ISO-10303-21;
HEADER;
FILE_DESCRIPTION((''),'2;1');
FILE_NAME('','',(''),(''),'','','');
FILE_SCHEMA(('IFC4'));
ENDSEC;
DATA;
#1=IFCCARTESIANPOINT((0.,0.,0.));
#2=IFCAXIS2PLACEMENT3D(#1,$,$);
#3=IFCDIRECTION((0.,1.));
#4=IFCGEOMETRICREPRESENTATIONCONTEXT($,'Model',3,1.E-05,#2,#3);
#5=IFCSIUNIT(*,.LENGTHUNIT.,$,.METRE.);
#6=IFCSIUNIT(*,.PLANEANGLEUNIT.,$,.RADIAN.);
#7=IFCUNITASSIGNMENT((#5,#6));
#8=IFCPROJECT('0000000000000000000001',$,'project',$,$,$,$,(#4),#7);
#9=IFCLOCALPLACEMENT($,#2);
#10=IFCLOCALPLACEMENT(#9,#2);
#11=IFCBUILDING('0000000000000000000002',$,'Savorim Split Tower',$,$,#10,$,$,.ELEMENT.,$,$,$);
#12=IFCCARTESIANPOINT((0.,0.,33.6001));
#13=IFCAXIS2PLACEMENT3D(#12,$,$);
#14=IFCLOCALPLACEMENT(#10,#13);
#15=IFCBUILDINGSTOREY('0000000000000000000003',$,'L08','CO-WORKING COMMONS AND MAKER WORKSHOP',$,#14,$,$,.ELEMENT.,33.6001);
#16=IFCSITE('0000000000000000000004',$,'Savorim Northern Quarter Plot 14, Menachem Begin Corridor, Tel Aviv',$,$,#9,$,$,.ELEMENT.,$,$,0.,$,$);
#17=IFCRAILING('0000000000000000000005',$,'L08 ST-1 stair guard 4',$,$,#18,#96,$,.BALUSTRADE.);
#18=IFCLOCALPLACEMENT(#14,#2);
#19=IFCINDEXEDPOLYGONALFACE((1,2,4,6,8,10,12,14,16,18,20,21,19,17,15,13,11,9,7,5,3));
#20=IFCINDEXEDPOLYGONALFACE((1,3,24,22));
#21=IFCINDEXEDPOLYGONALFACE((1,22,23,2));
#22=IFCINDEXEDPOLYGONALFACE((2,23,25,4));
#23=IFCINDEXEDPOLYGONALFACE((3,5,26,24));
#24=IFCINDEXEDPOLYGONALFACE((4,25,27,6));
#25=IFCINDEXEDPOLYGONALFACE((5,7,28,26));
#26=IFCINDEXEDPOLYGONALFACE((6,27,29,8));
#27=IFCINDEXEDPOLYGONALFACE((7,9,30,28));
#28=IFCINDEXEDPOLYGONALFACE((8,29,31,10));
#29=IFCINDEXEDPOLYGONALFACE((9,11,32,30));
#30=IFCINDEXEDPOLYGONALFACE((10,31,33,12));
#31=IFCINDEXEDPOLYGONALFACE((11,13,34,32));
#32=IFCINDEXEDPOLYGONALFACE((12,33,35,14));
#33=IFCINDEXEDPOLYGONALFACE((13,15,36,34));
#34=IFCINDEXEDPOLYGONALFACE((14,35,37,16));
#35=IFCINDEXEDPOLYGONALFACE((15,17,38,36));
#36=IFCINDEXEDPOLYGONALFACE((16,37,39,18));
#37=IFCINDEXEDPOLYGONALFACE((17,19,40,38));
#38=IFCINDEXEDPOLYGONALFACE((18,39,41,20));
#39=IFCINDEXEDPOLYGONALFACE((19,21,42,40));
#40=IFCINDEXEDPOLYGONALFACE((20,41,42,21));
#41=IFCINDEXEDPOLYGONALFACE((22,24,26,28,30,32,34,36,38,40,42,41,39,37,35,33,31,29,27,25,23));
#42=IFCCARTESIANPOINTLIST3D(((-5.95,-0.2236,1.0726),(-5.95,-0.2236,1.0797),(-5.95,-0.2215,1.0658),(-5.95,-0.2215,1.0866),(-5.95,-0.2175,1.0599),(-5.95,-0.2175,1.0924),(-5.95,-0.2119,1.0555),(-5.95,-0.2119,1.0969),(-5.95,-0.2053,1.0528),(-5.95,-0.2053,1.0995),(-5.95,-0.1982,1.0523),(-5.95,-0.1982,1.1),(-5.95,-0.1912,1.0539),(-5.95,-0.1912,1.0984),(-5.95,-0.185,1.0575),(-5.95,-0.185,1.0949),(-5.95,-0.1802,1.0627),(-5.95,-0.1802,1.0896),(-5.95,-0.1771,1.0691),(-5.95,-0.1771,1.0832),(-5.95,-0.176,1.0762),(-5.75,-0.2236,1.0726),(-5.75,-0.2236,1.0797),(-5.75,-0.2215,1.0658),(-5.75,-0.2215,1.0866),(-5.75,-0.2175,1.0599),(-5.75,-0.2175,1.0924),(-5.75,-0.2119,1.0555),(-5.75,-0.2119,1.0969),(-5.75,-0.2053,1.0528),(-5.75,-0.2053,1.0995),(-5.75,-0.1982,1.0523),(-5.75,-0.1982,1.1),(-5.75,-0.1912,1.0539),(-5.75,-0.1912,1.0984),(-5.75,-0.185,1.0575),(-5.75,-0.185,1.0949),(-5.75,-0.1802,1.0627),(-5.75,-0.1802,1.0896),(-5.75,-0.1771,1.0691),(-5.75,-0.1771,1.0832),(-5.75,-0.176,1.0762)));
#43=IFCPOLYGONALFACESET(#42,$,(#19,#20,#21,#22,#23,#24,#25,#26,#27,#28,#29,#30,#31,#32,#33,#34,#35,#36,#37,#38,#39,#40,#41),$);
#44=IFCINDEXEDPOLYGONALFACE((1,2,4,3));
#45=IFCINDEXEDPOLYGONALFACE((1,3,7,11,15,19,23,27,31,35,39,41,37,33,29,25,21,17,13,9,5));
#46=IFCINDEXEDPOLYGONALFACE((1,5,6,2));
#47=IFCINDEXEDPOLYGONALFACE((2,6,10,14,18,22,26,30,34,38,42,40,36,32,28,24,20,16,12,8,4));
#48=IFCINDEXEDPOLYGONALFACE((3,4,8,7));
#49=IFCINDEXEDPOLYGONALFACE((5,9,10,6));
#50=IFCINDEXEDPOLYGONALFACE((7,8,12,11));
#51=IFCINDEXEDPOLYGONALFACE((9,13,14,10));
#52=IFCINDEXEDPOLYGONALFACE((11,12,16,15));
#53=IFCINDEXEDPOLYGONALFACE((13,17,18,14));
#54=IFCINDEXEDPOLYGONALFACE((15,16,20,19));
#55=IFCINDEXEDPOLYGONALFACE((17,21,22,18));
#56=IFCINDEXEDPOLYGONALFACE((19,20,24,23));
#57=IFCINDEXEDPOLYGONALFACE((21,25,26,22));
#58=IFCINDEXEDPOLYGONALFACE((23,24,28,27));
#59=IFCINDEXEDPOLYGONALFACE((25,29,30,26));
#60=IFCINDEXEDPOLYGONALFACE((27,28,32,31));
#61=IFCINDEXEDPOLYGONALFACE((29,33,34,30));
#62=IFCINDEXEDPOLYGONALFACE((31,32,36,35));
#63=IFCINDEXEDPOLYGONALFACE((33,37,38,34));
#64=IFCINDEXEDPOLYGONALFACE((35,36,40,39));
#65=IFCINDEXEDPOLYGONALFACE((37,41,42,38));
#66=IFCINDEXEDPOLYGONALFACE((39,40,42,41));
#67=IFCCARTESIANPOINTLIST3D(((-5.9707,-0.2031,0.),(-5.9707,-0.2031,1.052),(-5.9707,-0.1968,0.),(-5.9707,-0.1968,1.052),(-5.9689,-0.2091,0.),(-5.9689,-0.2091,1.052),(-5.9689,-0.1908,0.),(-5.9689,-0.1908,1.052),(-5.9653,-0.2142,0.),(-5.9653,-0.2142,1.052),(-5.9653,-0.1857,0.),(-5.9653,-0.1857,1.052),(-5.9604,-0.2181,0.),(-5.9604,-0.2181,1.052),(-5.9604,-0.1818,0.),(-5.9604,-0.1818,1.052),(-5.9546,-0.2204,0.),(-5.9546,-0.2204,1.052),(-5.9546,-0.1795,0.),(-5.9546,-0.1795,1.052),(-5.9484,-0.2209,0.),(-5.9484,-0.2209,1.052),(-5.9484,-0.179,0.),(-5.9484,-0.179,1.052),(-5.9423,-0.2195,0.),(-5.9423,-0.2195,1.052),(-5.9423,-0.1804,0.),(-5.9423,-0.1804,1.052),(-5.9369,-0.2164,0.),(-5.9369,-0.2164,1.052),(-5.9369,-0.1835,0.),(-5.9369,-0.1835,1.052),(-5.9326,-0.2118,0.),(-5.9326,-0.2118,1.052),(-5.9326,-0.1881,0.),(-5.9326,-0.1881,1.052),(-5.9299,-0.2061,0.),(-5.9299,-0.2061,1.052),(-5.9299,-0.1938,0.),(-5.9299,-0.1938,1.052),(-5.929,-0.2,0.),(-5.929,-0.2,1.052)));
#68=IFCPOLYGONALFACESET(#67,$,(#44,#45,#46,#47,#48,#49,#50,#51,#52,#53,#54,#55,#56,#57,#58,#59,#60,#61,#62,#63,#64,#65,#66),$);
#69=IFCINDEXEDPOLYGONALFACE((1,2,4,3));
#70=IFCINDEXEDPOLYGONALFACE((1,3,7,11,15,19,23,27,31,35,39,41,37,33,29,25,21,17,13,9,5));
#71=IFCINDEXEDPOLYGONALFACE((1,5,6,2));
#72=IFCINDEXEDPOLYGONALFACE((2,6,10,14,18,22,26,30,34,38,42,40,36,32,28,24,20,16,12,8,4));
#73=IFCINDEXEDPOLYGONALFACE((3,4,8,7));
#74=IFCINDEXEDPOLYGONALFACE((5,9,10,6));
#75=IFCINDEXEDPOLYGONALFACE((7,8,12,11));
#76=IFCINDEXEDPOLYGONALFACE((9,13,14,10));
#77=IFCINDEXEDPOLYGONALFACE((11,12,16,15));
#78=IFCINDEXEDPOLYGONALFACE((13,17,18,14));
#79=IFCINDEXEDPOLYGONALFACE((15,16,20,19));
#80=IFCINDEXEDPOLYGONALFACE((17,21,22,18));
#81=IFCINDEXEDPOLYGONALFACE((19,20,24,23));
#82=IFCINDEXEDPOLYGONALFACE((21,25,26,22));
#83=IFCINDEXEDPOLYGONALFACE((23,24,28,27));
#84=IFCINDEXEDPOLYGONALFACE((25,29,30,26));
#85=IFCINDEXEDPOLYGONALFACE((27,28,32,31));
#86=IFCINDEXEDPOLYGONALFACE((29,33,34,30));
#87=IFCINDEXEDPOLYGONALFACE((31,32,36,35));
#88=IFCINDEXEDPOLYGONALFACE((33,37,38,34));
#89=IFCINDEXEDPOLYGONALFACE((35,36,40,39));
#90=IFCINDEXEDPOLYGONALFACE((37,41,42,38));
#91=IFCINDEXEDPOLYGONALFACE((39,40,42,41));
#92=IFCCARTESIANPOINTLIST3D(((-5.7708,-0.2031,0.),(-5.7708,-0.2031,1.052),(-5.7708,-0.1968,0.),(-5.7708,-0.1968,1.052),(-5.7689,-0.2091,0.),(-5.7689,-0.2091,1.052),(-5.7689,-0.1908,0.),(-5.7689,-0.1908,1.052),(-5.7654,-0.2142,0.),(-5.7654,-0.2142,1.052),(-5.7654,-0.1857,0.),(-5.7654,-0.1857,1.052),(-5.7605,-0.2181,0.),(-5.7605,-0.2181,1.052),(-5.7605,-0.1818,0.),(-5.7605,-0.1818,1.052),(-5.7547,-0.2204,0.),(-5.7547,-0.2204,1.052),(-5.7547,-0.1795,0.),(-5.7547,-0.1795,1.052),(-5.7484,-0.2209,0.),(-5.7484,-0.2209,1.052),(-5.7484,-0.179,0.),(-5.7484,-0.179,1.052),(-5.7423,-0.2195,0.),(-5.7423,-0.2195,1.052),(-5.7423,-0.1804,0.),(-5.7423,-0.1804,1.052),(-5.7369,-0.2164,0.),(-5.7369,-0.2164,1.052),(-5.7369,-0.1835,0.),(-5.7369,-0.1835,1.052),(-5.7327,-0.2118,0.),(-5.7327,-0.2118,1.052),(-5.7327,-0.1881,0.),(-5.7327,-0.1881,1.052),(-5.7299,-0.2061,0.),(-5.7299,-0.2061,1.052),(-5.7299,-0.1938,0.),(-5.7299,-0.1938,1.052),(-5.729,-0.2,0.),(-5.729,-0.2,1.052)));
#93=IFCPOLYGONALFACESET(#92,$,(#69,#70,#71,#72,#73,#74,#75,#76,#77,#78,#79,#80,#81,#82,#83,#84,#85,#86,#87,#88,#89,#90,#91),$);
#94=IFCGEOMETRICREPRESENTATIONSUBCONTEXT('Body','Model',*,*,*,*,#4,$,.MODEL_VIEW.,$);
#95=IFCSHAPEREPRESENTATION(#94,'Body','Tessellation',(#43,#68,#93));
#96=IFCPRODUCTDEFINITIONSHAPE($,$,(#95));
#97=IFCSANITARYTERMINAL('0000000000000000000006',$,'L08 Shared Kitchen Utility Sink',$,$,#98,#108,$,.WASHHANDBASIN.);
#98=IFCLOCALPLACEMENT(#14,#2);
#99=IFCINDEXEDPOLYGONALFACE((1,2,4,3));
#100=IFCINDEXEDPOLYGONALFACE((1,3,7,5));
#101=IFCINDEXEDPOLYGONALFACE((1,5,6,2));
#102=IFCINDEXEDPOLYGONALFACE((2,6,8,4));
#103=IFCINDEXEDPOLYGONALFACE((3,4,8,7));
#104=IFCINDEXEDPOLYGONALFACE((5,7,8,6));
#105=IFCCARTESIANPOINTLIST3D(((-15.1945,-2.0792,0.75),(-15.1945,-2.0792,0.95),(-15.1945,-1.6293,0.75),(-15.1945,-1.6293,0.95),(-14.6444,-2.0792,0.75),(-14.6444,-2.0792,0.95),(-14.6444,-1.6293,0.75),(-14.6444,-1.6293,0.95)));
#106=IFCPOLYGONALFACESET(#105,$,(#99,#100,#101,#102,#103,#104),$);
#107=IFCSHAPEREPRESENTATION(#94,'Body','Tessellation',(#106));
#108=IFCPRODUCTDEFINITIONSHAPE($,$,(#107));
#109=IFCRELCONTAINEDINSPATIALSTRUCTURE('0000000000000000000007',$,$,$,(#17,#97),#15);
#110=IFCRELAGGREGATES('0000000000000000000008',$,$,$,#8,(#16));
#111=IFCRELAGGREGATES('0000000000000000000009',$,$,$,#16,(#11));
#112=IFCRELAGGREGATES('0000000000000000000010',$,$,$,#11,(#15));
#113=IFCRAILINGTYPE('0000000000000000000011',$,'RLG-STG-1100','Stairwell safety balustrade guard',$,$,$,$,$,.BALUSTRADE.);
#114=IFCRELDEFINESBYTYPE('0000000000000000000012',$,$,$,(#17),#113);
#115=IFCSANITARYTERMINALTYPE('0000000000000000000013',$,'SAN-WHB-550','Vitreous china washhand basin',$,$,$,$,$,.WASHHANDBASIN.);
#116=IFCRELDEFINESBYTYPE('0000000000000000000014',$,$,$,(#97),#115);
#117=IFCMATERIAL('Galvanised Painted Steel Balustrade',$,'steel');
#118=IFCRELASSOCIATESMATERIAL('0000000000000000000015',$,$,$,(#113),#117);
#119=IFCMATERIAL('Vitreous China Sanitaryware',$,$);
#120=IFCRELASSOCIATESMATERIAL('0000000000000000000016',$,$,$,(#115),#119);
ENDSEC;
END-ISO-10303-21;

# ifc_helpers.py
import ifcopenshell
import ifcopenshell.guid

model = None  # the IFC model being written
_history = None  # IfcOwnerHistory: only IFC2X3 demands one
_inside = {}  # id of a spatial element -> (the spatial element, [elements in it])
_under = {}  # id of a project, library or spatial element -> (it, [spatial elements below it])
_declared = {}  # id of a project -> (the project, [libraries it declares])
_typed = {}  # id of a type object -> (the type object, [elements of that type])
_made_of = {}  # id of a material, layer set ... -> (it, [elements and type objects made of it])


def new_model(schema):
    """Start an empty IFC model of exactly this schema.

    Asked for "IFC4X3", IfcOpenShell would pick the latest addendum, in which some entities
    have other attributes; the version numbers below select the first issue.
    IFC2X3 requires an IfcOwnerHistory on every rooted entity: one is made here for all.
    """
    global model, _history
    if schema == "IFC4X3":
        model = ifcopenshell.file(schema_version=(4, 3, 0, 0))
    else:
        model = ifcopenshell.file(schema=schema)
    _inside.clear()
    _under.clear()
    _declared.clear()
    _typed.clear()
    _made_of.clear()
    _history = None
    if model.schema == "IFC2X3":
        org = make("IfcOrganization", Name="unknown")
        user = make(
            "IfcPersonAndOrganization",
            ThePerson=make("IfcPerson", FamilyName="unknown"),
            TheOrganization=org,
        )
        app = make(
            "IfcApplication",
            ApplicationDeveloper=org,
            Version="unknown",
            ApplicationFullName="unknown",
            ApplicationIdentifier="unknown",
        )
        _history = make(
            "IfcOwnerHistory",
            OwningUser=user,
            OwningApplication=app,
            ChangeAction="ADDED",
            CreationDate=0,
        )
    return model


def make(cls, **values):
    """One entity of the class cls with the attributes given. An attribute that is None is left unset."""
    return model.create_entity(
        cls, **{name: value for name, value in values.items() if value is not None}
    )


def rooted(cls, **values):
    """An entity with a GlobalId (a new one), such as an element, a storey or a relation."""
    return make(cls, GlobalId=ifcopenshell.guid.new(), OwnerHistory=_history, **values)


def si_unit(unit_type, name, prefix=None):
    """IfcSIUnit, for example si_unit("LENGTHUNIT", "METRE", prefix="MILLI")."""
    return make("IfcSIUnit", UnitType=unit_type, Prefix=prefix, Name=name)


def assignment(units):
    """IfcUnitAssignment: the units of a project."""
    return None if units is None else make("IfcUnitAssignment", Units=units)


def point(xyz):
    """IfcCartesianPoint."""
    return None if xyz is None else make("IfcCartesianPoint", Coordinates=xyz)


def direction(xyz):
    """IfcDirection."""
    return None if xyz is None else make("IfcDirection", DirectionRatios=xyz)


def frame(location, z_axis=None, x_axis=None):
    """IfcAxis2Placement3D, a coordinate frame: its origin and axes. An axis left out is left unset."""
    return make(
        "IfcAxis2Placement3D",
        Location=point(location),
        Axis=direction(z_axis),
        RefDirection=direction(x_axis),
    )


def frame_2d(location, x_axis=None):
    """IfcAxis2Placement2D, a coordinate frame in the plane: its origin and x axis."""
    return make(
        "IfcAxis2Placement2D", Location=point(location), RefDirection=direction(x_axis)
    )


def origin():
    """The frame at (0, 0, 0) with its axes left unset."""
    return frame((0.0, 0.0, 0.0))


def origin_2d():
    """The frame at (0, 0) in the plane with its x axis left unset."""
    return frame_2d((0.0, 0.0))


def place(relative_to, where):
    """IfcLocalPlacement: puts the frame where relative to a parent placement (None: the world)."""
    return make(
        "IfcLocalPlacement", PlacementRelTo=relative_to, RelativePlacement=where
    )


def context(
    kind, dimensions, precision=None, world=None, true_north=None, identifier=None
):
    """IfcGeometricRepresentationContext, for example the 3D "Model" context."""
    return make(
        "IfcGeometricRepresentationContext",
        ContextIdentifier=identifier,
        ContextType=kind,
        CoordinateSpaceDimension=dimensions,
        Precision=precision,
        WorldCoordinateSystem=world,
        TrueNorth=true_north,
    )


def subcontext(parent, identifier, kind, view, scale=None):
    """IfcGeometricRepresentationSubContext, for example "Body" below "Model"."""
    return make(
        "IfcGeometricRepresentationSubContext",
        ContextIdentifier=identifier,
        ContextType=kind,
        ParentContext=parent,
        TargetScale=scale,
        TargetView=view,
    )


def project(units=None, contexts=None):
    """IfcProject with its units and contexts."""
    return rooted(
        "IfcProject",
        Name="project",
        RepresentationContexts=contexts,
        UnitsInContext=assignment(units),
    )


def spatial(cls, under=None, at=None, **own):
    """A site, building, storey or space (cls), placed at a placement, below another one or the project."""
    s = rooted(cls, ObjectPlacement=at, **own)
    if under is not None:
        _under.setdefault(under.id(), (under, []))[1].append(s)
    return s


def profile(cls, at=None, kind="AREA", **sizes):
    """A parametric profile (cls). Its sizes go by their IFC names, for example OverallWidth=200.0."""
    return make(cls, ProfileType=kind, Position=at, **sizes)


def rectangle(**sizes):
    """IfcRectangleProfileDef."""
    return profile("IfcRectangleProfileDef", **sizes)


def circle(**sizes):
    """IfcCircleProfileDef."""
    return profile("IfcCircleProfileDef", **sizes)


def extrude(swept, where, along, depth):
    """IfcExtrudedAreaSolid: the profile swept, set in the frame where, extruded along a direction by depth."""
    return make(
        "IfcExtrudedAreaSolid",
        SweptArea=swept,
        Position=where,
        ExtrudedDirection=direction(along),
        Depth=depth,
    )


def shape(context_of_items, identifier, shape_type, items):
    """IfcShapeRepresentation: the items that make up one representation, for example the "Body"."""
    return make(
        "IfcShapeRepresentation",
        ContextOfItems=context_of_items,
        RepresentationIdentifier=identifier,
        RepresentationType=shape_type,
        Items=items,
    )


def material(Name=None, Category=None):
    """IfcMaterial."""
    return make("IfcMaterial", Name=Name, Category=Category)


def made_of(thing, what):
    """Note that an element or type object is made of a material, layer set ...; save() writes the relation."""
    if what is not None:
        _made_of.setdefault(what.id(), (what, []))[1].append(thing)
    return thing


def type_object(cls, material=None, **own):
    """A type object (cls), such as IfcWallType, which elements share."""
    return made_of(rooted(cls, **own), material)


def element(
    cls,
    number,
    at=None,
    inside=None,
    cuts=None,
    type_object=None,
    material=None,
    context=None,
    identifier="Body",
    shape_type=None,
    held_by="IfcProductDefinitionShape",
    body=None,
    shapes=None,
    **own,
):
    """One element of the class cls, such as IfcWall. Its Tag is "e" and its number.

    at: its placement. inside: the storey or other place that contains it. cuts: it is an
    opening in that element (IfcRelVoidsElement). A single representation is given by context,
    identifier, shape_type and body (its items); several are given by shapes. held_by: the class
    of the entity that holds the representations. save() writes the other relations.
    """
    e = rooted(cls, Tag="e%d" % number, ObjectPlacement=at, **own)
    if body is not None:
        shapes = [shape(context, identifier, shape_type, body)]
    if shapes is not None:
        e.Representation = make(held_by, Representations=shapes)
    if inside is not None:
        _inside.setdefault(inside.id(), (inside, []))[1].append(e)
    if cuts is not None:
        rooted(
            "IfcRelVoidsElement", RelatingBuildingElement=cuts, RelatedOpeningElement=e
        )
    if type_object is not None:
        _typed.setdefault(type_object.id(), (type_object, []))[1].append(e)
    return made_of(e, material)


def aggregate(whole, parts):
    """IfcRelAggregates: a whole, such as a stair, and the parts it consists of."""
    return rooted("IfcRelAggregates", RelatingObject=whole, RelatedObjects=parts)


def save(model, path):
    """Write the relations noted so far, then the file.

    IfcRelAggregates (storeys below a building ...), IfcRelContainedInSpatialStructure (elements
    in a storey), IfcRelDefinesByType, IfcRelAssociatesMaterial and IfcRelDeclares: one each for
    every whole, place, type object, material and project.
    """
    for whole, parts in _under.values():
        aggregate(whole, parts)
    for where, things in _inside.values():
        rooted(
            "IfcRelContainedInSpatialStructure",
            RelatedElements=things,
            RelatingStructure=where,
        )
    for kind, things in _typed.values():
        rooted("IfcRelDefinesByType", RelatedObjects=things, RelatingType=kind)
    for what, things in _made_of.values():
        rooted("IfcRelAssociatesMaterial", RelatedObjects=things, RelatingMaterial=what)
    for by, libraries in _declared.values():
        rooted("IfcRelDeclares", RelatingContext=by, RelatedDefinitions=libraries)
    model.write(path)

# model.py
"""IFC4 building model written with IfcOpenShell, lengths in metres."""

from ifc_helpers import new_model, si_unit, direction, frame, origin, origin_2d, place, context, subcontext, project, spatial, rectangle, circle, extrude, material, type_object, element, save


model = new_model("IFC4")

# Units and contexts
model_context = context("Model", 3, precision=1e-05, world=origin(), true_north=direction((0.0, 1.0)))
body_context = subcontext(model_context, "Body", "Model", "MODEL_VIEW")
ifc_project = project(units=[si_unit("LENGTHUNIT", "METRE"), si_unit("PLANEANGLEUNIT", "RADIAN")], contexts=[model_context])

# Site, building, storey
site_placement = place(None, origin())
site = spatial("IfcSite", under=ifc_project, at=site_placement, Name="Savorim Northern Quarter Plot 14, Menachem Begin Corridor, Tel Aviv", CompositionType="ELEMENT", RefElevation=0.0)
building_placement = place(site_placement, origin())
building = spatial("IfcBuilding", under=site, at=building_placement, Name="Savorim Split Tower", CompositionType="ELEMENT")
storey_placement = place(building_placement, frame((0.0, 0.0, 33.6001)))
storey = spatial("IfcBuildingStorey", under=building, at=storey_placement, Name="L08", Description="CO-WORKING COMMONS AND MAKER WORKSHOP", CompositionType="ELEMENT", Elevation=33.6001)

# Railing
ifc_material_1 = material(Name="Galvanised Painted Steel Balustrade", Category="steel")
railing_type_1 = type_object("IfcRailingType", Name="RLG-STG-1100", Description="Stairwell safety balustrade guard", PredefinedType="BALUSTRADE", material=ifc_material_1)
railing_1_placement = place(storey_placement, frame((-5.95, -0.2, 0.0)))
element("IfcRailing", 1, at=railing_1_placement, inside=storey, type_object=railing_type_1, Name="L08 ST-1 stair guard 4", PredefinedType="BALUSTRADE", context=body_context, shape_type="SweptSolid", body=[
    extrude(circle(Radius=0.0239, at=origin_2d()), frame((0.0, 0.0, 1.0762), z_axis=(1.0, 0.0, 0.0), x_axis=(0.0, 1.0, 0.0)), (0.0, 0.0, 1.0), 0.2),
    extrude(circle(Radius=0.021, at=origin_2d()), origin(), (0.0, 0.0, 1.0), 1.052),
    extrude(circle(Radius=0.021, at=origin_2d()), frame((0.2, 0.0, 0.0)), (0.0, 0.0, 1.0), 1.052),
])

# Sanitary terminal
ifc_material_2 = material(Name="Vitreous China Sanitaryware")
sanitary_terminal_type = type_object("IfcSanitaryTerminalType", Name="SAN-WHB-550", Description="Vitreous china washhand basin", PredefinedType="WASHHANDBASIN", material=ifc_material_2)
sanitary_terminal_placement = place(storey_placement, frame((-14.9194, -1.8542, 0.75), z_axis=(0.0, 0.0, 1.0), x_axis=(1.0, 0.0, 0.0)))
element("IfcSanitaryTerminal", 2, at=sanitary_terminal_placement, inside=storey, type_object=sanitary_terminal_type, Name="L08 Shared Kitchen Utility Sink", PredefinedType="WASHHANDBASIN", context=body_context, shape_type="SweptSolid", body=[
    extrude(rectangle(XDim=0.55, YDim=0.45, at=origin_2d()), origin(), (0.0, 0.0, 1.0), 0.2),
])

save(model, "model.ifc")
